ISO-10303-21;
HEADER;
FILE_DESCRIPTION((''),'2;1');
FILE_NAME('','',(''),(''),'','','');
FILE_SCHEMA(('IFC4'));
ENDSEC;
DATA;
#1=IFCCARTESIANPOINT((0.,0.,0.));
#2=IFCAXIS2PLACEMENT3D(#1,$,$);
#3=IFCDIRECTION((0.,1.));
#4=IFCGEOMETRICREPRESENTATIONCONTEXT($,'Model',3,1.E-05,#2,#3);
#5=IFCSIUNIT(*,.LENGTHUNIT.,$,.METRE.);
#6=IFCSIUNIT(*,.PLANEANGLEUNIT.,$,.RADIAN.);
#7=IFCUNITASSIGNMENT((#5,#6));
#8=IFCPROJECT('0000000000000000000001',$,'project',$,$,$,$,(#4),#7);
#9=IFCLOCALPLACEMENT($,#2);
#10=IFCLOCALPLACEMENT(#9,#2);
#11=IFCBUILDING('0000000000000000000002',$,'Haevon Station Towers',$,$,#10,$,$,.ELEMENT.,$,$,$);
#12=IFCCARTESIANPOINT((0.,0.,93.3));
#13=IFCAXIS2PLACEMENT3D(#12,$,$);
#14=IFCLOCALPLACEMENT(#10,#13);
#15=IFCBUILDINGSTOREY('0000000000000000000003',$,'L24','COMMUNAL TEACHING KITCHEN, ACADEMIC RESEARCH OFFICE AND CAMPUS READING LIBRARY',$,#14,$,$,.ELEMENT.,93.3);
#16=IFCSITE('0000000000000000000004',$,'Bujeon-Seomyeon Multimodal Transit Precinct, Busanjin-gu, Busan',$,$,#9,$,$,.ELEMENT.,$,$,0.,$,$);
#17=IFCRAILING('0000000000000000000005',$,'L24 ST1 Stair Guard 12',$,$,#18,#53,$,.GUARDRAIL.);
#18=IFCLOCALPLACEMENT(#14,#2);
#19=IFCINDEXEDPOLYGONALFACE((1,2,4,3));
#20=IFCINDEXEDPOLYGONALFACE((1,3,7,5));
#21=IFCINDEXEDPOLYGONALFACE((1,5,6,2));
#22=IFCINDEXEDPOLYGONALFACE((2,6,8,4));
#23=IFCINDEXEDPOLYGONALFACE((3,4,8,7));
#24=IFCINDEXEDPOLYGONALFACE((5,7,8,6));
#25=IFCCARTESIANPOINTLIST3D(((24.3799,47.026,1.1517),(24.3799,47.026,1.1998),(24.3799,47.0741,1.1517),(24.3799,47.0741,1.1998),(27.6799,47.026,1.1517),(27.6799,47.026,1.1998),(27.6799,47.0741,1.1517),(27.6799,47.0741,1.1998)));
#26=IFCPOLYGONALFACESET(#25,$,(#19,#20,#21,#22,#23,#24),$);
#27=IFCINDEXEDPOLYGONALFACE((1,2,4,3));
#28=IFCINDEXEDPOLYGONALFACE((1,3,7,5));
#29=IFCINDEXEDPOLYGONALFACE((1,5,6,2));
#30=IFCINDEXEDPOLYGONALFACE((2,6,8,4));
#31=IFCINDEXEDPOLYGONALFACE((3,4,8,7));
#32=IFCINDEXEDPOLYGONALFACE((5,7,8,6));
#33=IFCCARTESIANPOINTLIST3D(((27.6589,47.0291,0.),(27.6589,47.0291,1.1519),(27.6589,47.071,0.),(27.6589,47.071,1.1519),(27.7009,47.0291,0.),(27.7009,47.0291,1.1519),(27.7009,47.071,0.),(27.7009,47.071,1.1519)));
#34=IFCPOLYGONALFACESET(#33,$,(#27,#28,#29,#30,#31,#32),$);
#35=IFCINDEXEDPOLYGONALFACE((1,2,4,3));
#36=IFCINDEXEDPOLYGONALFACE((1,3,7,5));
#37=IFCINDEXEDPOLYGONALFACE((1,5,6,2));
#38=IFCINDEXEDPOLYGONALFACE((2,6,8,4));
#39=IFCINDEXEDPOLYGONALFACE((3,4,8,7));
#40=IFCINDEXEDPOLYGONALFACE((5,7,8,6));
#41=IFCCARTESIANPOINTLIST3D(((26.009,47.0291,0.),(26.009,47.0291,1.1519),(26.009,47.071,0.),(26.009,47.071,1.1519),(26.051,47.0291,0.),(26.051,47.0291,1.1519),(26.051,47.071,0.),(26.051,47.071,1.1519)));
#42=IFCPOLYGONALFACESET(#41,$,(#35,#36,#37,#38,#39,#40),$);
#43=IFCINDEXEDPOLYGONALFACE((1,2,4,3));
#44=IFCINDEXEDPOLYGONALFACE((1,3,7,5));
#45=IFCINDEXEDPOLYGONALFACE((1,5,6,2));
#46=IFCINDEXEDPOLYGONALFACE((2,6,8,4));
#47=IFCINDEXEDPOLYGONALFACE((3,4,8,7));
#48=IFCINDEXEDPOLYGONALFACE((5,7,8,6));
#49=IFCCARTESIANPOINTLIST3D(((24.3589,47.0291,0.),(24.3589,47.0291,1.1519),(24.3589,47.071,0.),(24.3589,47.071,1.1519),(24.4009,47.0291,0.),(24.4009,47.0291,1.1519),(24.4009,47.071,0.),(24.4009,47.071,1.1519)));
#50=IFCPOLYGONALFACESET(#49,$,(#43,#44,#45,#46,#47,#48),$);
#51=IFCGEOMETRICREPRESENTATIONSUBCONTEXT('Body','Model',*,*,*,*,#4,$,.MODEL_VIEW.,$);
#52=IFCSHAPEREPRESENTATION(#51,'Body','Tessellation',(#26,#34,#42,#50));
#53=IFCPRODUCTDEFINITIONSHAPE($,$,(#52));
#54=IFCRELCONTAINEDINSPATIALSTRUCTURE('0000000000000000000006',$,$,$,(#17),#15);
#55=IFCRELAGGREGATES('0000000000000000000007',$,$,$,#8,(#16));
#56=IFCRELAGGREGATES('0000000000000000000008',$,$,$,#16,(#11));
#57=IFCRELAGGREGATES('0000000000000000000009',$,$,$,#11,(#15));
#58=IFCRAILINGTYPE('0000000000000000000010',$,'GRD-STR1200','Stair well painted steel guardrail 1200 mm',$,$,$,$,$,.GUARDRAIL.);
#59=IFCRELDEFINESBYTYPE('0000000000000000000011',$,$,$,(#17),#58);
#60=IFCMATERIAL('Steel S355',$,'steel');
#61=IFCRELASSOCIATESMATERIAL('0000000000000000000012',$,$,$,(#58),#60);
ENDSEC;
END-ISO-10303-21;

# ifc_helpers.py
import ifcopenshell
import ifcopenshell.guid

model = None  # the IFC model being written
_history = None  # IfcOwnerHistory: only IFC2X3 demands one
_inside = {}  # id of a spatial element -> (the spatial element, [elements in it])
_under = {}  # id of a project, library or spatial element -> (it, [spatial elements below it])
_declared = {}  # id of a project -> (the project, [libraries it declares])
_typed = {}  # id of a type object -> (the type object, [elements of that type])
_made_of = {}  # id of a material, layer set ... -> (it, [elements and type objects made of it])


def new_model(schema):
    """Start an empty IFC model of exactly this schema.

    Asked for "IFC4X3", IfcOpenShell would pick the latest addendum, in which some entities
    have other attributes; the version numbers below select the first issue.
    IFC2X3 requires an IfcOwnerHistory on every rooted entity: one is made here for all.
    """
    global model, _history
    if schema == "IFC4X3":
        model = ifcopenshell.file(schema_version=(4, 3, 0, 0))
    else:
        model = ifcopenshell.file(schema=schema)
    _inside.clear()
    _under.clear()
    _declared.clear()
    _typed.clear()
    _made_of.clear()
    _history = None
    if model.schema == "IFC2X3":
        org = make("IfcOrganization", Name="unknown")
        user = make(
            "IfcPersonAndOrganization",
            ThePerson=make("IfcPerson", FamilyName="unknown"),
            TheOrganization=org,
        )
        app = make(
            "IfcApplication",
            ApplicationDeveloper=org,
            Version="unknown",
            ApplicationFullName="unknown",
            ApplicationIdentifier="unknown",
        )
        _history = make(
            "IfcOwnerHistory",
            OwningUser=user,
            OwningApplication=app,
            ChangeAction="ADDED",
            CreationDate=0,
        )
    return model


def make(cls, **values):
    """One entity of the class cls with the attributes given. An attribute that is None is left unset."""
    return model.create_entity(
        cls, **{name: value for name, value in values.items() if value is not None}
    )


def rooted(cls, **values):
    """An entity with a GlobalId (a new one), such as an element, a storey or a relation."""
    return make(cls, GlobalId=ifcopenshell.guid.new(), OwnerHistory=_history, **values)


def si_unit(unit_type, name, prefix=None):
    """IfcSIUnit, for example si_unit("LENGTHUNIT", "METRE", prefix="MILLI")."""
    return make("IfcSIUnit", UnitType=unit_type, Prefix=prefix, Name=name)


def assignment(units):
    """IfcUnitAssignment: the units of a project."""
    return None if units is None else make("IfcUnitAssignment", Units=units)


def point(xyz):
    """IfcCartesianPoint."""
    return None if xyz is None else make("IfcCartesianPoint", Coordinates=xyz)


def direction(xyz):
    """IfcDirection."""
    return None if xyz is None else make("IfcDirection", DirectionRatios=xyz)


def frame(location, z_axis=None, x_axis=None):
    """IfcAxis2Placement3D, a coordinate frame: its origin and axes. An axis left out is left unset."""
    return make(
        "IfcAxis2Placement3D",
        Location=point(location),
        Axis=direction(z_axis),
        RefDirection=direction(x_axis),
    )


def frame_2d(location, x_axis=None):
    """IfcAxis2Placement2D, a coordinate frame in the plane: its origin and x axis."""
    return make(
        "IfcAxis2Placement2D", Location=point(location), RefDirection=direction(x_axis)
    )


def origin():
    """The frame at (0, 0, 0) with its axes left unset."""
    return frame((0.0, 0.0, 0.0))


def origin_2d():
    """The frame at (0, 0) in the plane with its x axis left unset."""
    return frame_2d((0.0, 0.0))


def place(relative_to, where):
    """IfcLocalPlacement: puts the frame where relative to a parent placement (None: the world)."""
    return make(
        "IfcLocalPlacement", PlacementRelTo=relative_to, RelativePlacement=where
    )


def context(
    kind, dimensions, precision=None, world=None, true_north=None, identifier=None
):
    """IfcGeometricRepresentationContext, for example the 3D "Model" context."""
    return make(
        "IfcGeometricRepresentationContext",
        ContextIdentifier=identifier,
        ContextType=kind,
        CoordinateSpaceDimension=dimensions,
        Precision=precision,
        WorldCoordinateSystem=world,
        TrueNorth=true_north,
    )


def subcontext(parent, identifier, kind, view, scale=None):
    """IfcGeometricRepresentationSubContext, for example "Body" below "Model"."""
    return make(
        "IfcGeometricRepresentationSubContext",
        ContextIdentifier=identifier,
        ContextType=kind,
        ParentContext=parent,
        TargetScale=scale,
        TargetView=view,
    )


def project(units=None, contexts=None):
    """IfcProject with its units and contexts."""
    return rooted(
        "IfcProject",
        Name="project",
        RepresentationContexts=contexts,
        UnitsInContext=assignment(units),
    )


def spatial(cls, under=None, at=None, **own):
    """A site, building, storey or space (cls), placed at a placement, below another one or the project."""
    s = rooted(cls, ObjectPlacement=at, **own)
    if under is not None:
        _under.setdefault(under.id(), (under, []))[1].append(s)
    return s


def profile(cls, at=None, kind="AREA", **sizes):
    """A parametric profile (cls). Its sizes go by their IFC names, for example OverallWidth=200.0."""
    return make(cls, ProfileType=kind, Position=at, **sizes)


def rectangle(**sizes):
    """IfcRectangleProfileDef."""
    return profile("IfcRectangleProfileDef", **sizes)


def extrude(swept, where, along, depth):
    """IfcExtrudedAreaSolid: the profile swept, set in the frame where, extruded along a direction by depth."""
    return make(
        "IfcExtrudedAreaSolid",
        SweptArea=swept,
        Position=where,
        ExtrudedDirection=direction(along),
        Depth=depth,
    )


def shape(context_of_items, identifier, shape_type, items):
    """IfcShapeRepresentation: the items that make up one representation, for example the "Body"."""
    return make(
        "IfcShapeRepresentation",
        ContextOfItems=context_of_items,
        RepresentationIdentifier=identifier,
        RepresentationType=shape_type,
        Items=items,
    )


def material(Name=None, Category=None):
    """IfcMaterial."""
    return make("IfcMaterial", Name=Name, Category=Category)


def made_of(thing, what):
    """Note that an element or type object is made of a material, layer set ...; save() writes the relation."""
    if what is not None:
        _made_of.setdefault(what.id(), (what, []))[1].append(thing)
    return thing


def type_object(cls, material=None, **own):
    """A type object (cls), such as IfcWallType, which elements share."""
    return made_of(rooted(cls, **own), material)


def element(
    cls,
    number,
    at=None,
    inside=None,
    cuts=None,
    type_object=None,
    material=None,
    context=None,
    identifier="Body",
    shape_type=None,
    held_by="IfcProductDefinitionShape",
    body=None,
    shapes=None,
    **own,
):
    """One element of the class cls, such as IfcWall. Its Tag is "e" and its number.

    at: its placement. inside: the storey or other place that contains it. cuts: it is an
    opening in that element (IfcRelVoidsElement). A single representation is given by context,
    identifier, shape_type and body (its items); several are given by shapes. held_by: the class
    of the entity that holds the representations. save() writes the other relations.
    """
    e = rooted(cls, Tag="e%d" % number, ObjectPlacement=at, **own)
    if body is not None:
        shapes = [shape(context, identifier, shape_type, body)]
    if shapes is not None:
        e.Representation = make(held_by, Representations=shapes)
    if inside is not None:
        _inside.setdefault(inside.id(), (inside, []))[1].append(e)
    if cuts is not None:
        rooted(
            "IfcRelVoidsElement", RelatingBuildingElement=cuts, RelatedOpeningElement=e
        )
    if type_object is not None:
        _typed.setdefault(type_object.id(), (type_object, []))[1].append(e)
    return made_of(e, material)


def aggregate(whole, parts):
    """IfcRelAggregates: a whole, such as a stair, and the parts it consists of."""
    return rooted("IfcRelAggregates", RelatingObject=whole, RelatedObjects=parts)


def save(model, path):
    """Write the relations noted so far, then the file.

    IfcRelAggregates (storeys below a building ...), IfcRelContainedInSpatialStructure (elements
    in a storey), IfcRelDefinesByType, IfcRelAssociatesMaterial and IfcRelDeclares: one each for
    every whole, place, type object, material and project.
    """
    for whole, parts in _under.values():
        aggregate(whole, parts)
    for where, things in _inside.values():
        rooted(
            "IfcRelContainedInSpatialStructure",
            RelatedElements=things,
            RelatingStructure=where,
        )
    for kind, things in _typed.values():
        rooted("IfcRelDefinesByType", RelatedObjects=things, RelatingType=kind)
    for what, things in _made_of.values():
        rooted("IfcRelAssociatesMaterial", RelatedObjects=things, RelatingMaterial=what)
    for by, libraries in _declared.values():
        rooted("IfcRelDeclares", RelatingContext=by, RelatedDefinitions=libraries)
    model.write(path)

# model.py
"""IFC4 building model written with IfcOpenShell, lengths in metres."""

from ifc_helpers import new_model, si_unit, direction, frame, origin, origin_2d, place, context, subcontext, project, spatial, rectangle, extrude, material, type_object, element, save


model = new_model("IFC4")

# Units and contexts
model_context = context("Model", 3, precision=1e-05, world=origin(), true_north=direction((0.0, 1.0)))
body_context = subcontext(model_context, "Body", "Model", "MODEL_VIEW")
ifc_project = project(units=[si_unit("LENGTHUNIT", "METRE"), si_unit("PLANEANGLEUNIT", "RADIAN")], contexts=[model_context])

# Site, building, storey
site_placement = place(None, origin())
site = spatial("IfcSite", under=ifc_project, at=site_placement, Name="Bujeon-Seomyeon Multimodal Transit Precinct, Busanjin-gu, Busan", CompositionType="ELEMENT", RefElevation=0.0)
building_placement = place(site_placement, origin())
building = spatial("IfcBuilding", under=site, at=building_placement, Name="Haevon Station Towers", CompositionType="ELEMENT")
storey_placement = place(building_placement, frame((0.0, 0.0, 93.3)))
storey = spatial("IfcBuildingStorey", under=building, at=storey_placement, Name="L24", Description="COMMUNAL TEACHING KITCHEN, ACADEMIC RESEARCH OFFICE AND CAMPUS READING LIBRARY", CompositionType="ELEMENT", Elevation=93.3)

# Shared definitions
ifc_material_1 = material(Name="Steel S355", Category="steel")

# Railing
railing_type = type_object("IfcRailingType", Name="GRD-STR1200", Description="Stair well painted steel guardrail 1200 mm", PredefinedType="GUARDRAIL", material=ifc_material_1)
railing_1_placement = place(storey_placement, frame((27.6799, 47.05, 0.0)))
element("IfcRailing", 1, at=railing_1_placement, inside=storey, type_object=railing_type, Name="L24 ST1 Stair Guard 12", PredefinedType="GUARDRAIL", context=body_context, shape_type="SweptSolid", body=[
    extrude(rectangle(XDim=0.0481, YDim=0.0481, at=origin_2d()), frame((0.0, 0.0, 1.1758), z_axis=(-1.0, 0.0, 0.0), x_axis=(0.0, -1.0, 0.0)), (0.0, 0.0, 1.0), 3.3),
    extrude(rectangle(XDim=0.042, YDim=0.042, at=origin_2d()), origin(), (0.0, 0.0, 1.0), 1.1519),
    extrude(rectangle(XDim=0.042, YDim=0.042, at=origin_2d()), frame((-1.6499, 0.0, 0.0)), (0.0, 0.0, 1.0), 1.1519),
    extrude(rectangle(XDim=0.042, YDim=0.042, at=origin_2d()), frame((-3.3, 0.0, 0.0)), (0.0, 0.0, 1.0), 1.1519),
])

save(model, "model.ifc")
